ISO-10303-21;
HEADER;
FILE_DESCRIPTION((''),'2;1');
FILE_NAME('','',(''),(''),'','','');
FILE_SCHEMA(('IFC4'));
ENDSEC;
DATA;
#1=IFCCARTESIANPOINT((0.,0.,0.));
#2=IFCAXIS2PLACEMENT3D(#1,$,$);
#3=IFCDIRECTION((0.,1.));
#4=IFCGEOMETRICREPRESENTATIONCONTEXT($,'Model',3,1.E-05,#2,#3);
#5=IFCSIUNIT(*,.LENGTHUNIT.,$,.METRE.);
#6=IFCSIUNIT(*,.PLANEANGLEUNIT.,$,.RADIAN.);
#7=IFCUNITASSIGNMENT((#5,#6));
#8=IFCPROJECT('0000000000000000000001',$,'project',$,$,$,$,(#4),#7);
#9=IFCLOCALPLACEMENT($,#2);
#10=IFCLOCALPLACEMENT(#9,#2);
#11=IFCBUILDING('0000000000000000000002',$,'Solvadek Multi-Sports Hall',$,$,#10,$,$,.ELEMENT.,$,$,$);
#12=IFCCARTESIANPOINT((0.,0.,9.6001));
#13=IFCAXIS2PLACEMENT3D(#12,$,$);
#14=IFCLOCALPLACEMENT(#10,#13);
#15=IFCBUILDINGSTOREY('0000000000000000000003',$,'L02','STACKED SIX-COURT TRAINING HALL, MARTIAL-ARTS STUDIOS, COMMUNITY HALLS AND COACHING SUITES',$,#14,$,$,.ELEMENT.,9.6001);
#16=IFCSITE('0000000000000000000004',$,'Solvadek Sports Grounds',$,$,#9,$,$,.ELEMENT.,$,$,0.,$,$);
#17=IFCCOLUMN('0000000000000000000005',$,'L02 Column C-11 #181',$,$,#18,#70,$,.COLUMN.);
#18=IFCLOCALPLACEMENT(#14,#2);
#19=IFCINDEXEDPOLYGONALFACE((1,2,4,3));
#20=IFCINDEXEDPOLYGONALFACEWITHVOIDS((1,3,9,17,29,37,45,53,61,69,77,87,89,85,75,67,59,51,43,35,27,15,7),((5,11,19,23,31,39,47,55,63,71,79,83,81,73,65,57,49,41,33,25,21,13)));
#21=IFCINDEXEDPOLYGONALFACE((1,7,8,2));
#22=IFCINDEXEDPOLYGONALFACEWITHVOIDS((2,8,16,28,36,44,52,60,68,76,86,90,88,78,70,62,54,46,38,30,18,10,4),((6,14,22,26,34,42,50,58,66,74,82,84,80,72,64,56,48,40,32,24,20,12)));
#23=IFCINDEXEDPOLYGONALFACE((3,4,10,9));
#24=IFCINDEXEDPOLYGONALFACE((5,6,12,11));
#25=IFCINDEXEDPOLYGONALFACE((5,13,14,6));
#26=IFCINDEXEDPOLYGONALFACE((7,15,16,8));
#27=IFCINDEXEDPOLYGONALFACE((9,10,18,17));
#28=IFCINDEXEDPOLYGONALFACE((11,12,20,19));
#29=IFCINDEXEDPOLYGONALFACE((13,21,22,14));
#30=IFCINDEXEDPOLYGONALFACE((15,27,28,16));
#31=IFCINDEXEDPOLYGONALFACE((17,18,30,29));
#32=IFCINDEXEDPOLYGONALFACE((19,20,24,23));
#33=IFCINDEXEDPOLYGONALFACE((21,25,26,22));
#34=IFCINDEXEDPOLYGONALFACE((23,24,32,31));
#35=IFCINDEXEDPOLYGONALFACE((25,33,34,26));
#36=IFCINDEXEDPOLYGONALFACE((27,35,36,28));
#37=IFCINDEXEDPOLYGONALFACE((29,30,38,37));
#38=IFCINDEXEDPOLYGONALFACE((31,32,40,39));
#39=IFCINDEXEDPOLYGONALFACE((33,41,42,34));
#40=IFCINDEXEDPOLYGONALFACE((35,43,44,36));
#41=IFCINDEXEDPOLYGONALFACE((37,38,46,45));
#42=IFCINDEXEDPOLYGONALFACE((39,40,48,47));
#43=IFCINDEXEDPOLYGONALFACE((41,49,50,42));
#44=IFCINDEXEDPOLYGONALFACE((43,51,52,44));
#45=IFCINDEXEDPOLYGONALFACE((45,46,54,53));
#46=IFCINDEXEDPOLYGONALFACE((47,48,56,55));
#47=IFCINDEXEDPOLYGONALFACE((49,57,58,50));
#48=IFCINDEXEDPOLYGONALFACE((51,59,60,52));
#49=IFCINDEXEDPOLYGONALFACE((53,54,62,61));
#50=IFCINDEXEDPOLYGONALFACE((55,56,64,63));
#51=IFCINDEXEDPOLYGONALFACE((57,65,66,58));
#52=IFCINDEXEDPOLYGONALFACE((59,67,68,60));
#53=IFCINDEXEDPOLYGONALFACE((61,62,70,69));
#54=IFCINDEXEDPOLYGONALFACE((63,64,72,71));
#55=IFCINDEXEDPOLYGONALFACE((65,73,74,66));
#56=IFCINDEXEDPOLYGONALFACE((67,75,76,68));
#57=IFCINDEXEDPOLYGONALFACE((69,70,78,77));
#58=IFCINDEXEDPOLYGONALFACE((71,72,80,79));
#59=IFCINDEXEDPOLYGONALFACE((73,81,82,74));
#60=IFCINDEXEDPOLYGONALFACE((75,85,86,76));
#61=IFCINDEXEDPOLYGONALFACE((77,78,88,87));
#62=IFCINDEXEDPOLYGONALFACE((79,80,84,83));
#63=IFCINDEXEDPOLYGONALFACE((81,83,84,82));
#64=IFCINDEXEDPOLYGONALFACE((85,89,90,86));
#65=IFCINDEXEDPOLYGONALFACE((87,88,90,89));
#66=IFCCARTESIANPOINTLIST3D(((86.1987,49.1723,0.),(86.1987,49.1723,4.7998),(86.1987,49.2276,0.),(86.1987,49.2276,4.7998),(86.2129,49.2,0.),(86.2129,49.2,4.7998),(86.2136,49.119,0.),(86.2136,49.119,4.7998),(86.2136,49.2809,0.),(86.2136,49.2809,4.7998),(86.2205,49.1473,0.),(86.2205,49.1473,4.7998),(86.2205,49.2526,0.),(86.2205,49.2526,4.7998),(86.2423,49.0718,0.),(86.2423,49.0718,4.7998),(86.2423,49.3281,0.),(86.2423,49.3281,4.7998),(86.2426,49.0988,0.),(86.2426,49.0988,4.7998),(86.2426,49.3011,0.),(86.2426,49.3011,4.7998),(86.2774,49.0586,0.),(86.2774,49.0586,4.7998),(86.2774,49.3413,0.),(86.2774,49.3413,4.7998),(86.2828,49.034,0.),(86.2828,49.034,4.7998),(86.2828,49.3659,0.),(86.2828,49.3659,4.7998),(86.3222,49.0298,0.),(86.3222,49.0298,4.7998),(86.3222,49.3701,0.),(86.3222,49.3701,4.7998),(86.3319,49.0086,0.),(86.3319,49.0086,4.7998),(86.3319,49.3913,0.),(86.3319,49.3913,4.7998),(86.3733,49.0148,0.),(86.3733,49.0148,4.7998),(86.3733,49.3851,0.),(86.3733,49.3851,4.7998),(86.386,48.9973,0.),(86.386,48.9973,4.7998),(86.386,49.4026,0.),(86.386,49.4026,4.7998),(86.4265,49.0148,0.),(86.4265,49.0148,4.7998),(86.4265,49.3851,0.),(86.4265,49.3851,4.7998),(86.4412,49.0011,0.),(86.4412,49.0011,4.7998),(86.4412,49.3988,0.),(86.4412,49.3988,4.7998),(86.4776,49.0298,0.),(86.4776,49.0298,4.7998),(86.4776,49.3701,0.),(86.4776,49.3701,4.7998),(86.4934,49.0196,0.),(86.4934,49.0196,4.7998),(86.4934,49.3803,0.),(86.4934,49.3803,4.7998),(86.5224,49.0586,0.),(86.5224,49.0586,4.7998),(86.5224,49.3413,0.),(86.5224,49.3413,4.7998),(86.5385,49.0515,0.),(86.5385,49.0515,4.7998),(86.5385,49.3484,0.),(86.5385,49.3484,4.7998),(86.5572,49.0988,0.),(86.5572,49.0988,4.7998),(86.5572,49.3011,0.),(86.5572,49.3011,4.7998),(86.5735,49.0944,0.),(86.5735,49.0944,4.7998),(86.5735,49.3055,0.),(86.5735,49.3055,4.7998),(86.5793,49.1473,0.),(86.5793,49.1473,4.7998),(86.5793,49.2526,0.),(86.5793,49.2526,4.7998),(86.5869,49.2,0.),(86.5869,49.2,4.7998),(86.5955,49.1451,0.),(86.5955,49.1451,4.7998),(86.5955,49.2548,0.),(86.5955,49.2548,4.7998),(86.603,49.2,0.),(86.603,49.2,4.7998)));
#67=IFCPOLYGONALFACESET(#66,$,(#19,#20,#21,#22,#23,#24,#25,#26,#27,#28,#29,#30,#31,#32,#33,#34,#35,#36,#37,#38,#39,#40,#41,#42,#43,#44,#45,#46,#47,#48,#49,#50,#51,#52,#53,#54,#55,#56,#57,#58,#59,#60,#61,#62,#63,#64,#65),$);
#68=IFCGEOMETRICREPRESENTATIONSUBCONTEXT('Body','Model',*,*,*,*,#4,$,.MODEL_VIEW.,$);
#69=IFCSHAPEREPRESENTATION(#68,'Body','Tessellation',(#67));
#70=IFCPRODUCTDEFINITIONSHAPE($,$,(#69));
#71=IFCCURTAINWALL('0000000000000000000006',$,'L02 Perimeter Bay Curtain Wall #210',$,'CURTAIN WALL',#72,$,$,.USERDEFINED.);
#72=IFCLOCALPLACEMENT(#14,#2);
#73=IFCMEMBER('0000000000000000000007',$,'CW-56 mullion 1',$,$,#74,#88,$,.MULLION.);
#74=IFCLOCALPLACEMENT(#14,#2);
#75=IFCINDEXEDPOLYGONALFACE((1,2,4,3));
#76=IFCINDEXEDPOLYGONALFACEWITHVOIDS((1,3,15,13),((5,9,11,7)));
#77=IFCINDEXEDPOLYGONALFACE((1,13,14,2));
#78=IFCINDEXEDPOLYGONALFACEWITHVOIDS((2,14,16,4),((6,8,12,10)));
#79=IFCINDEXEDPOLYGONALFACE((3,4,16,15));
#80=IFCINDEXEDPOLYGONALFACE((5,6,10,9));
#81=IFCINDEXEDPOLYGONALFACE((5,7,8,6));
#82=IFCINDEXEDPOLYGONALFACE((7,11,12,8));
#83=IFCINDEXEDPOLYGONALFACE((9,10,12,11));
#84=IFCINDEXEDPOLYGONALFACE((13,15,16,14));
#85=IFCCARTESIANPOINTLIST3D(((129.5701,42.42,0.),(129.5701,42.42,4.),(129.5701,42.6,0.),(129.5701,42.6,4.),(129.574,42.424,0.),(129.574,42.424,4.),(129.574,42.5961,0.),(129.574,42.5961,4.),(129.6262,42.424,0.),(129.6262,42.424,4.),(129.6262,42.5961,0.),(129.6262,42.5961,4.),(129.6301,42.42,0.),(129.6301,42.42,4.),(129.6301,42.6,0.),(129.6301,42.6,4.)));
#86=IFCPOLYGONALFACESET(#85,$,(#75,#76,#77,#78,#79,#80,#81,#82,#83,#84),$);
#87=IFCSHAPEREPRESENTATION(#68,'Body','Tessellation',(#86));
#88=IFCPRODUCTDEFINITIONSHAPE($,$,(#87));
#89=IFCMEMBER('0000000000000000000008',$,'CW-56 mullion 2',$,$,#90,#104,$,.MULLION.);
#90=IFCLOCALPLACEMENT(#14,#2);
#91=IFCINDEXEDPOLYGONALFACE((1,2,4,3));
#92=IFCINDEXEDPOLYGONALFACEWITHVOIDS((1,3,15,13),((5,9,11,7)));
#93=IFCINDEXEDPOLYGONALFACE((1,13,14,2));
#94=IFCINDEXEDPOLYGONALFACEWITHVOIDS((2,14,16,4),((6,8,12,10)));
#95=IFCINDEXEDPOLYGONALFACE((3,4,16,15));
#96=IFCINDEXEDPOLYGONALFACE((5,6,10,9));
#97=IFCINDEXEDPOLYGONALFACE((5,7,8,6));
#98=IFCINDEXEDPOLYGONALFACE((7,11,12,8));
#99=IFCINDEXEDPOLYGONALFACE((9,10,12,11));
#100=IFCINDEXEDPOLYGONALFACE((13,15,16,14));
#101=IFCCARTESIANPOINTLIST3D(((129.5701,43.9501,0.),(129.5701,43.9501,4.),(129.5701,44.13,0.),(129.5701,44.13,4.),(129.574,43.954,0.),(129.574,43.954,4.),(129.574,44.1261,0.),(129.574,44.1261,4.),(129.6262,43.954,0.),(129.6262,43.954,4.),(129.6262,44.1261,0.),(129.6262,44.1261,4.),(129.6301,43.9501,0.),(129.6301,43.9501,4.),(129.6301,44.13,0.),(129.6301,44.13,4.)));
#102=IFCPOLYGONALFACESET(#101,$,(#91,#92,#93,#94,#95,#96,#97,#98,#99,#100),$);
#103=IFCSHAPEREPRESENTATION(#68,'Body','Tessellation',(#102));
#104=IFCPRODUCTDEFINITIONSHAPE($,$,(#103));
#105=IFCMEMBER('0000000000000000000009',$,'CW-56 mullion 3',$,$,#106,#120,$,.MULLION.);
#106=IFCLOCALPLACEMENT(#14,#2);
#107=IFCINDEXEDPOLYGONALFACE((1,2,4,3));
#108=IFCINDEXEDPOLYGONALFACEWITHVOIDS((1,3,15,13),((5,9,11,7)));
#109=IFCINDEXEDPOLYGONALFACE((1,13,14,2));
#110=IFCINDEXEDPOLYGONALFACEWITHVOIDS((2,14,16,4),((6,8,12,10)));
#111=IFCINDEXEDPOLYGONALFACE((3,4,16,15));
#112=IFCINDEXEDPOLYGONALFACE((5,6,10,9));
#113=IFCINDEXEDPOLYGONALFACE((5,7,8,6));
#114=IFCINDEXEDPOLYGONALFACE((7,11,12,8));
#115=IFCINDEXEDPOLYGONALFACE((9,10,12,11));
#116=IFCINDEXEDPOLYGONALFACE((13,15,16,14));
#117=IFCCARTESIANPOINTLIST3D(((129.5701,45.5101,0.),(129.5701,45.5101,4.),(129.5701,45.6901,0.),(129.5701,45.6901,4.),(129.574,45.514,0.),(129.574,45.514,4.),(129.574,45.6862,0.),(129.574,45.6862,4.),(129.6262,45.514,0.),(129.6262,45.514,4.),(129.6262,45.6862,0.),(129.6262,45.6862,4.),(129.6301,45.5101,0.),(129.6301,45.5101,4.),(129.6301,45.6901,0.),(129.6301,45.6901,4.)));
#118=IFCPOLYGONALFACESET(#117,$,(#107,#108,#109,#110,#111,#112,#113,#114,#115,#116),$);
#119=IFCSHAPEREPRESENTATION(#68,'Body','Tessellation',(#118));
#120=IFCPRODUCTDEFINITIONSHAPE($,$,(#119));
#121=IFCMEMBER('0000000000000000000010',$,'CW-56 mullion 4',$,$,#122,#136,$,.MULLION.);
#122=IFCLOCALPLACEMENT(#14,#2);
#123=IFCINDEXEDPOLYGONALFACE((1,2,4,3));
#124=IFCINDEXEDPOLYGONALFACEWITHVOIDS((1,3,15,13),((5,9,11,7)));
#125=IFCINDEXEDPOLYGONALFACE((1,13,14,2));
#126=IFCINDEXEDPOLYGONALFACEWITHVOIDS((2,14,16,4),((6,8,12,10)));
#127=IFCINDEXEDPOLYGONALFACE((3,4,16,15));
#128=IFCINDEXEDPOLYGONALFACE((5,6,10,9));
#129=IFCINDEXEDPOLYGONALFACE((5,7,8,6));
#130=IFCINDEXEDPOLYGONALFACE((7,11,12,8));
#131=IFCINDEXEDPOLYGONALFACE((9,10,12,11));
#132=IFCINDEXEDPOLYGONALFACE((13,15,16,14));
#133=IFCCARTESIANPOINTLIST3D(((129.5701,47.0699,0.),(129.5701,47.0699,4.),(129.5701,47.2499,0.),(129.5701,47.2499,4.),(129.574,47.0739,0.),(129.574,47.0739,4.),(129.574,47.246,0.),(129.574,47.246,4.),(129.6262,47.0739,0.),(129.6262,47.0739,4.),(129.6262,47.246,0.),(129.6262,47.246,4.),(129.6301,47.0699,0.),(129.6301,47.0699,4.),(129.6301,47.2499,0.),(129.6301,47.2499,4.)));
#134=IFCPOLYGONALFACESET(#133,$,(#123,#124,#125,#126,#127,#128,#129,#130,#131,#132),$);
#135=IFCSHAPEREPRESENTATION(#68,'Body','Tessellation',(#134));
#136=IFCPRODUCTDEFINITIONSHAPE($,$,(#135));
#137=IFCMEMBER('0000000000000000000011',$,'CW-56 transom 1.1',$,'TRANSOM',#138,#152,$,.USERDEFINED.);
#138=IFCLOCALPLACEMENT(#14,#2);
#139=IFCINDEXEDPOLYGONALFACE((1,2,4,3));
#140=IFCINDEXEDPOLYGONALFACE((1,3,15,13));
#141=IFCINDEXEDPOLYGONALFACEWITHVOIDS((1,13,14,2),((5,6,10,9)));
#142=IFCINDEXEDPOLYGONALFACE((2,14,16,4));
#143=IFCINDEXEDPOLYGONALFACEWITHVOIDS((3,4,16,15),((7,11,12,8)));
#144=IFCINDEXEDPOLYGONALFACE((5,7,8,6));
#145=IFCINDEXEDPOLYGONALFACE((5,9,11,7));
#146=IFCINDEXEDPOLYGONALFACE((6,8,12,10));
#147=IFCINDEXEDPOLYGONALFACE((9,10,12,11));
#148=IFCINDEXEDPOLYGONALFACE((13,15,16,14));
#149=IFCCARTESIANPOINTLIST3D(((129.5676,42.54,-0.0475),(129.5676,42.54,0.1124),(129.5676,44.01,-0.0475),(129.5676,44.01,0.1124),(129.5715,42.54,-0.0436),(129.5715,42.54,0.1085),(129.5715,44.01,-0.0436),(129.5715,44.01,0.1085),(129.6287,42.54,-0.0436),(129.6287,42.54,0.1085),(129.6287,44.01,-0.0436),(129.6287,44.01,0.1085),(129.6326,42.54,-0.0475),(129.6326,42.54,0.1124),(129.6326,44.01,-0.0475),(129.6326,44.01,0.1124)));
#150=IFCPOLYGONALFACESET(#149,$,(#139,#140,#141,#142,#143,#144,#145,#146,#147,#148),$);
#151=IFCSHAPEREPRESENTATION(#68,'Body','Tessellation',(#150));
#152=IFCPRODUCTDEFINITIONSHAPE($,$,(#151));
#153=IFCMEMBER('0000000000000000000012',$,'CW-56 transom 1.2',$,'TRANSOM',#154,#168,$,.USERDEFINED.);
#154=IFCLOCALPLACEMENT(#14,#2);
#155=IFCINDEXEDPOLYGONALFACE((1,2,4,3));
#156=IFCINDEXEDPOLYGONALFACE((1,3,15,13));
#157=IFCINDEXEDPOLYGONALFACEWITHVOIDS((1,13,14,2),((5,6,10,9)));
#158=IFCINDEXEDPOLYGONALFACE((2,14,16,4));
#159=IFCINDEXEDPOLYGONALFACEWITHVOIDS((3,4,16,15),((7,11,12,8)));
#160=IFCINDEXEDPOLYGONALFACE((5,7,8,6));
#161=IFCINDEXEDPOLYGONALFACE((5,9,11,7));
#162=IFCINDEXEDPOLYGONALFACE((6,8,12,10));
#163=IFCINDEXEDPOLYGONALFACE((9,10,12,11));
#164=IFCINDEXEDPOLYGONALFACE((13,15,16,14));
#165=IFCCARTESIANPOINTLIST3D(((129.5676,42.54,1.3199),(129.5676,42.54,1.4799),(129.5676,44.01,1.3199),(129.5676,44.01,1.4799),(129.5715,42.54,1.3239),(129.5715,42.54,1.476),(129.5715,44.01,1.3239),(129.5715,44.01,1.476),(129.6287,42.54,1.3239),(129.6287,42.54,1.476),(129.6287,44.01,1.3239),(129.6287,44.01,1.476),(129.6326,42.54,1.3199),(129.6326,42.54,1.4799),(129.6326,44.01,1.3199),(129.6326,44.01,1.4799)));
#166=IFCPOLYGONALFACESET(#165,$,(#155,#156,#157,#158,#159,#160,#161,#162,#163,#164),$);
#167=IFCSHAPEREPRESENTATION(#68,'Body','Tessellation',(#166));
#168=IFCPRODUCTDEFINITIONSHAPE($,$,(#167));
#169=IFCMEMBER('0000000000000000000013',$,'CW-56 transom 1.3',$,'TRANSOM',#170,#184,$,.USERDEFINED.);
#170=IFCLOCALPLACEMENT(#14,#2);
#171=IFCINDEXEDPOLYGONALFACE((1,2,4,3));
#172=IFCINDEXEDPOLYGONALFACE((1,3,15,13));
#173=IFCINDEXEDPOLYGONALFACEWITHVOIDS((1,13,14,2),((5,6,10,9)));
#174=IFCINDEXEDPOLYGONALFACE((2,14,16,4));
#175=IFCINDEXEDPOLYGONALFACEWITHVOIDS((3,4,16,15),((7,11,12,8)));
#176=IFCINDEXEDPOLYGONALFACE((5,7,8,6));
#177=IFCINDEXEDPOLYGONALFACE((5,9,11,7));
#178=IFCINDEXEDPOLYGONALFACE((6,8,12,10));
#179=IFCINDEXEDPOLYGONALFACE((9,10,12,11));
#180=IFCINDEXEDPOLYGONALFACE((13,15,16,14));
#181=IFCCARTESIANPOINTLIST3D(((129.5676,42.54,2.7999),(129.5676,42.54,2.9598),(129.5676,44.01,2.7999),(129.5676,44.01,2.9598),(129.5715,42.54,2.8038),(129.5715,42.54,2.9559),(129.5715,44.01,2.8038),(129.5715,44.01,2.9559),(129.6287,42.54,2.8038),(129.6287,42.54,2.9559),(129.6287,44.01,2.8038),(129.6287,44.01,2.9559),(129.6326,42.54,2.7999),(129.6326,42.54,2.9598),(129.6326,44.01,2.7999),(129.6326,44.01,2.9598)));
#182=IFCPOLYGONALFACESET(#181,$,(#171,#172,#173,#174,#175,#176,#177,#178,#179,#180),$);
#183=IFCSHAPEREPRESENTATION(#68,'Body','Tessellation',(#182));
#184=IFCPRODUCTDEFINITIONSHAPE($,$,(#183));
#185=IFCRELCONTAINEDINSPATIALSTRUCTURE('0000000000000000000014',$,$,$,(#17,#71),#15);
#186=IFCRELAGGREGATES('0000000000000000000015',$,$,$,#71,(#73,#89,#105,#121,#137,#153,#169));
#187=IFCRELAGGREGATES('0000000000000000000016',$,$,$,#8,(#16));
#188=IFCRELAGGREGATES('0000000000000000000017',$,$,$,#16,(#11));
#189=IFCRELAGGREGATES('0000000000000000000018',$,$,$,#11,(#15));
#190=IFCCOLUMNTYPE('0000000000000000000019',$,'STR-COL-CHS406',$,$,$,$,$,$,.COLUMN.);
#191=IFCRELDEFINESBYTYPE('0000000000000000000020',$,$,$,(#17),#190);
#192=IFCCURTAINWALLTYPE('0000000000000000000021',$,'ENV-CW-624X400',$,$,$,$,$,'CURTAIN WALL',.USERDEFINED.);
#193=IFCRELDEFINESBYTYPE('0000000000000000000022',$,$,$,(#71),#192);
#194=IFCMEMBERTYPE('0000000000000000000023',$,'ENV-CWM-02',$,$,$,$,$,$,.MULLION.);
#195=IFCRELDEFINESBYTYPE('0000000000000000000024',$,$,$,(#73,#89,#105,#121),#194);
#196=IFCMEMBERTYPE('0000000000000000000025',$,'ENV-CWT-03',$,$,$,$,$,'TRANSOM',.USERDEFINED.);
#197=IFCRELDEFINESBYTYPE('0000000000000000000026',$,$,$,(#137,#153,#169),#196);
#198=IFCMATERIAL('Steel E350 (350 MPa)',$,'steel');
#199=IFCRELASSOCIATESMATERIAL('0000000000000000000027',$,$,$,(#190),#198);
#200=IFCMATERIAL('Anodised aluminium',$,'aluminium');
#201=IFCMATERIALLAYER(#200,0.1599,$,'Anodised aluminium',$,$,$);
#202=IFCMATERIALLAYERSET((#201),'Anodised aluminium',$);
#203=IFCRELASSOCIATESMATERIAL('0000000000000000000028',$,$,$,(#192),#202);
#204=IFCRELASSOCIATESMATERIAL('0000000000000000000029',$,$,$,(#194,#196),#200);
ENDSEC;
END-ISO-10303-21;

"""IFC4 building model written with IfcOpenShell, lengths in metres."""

from ifc_helpers import new_model, si_unit, direction, frame, origin, origin_2d, place, context, subcontext, project, spatial, hollow_rectangle, hollow_circle, extrude, material, layer, layer_set, material_profile, profile_set, type_object, element, aggregate, save


model = new_model("IFC4")

# Units and contexts
model_context = context("Model", 3, precision=1e-05, world=origin(), true_north=direction((0.0, 1.0)))
body_context = subcontext(model_context, "Body", "Model", "MODEL_VIEW")
ifc_project = project(units=[si_unit("LENGTHUNIT", "METRE"), si_unit("PLANEANGLEUNIT", "RADIAN")], contexts=[model_context])

# Site, building, storey
site_placement = place(None, origin())
site = spatial("IfcSite", under=ifc_project, at=site_placement, Name="Solvadek Sports Grounds", CompositionType="ELEMENT", RefElevation=0.0)
building_placement = place(site_placement, origin())
building = spatial("IfcBuilding", under=site, at=building_placement, Name="Solvadek Multi-Sports Hall", CompositionType="ELEMENT")
storey_placement = place(building_placement, frame((0.0, 0.0, 9.6001)))
storey = spatial("IfcBuildingStorey", under=building, at=storey_placement, Name="L02", Description="STACKED SIX-COURT TRAINING HALL, MARTIAL-ARTS STUDIOS, COMMUNITY HALLS AND COACHING SUITES", CompositionType="ELEMENT", Elevation=9.6001)

# Column
ifc_material_1 = material(Name="Steel E350 (350 MPa)", Category="steel")
ifc_material_profile_1 = material_profile(ifc_material_1, hollow_circle(Radius=0.2031, WallThickness=0.0161, at=origin_2d()), Name="CHS 406.4x16")
ifc_profile_set_1 = profile_set([ifc_material_profile_1], Name="Steel E350 (350 MPa)")
column_type = type_object("IfcColumnType", Name="STR-COL-CHS406", PredefinedType="COLUMN", material=ifc_profile_set_1)
column_placement = place(storey_placement, frame((86.3999, 49.2, 0.0), z_axis=(0.0, 0.0, 1.0), x_axis=(1.0, 0.0, 0.0)))
element("IfcColumn", 1, at=column_placement, inside=storey, type_object=column_type, Name="L02 Column C-11 #181", PredefinedType="COLUMN", context=body_context, shape_type="SweptSolid", body=[
    extrude(hollow_circle(Radius=0.2031, WallThickness=0.0161, at=origin_2d()), origin(), (0.0, 0.0, 1.0), 4.7998),
])

# Curtain wall, members
ifc_material_2 = material(Name="Anodised aluminium", Category="aluminium")
ifc_layer_1 = layer(ifc_material_2, 0.1599, Name="Anodised aluminium")
ifc_layer_set_1 = layer_set([ifc_layer_1], Name="Anodised aluminium")
curtain_wall_type = type_object("IfcCurtainWallType", Name="ENV-CW-624X400", ElementType="CURTAIN WALL", PredefinedType="USERDEFINED", material=ifc_layer_set_1)
curtain_wall_placement = place(storey_placement, origin())
curtain_wall = element("IfcCurtainWall", 2, at=curtain_wall_placement, inside=storey, type_object=curtain_wall_type, Name="L02 Perimeter Bay Curtain Wall #210", ObjectType="CURTAIN WALL", PredefinedType="USERDEFINED")
ifc_material_profile_2 = material_profile(ifc_material_2, hollow_rectangle(XDim=0.0601, YDim=0.1799, WallThickness=0.0039, at=origin_2d()), Name="ALU-M 180x60x4")
ifc_profile_set_2 = profile_set([ifc_material_profile_2], Name="Anodised aluminium")
member_type_1 = type_object("IfcMemberType", Name="ENV-CWM-02", PredefinedType="MULLION", material=ifc_profile_set_2)
member_1_placement = place(storey_placement, frame((129.6001, 42.51, 0.0), z_axis=(0.0, 0.0, 1.0), x_axis=(-1.0, 0.0, 0.0)))
member_1 = element("IfcMember", 3, at=member_1_placement, type_object=member_type_1, Name="CW-56 mullion 1", PredefinedType="MULLION", context=body_context, shape_type="SweptSolid", body=[
    extrude(hollow_rectangle(XDim=0.0601, YDim=0.1799, WallThickness=0.0039, at=origin_2d()), origin(), (0.0, 0.0, 1.0), 4.0),
])
member_2_placement = place(storey_placement, frame((129.6001, 44.04, 0.0), z_axis=(0.0, 0.0, 1.0), x_axis=(-1.0, 0.0, 0.0)))
member_2 = element("IfcMember", 4, at=member_2_placement, type_object=member_type_1, Name="CW-56 mullion 2", PredefinedType="MULLION", context=body_context, shape_type="SweptSolid", body=[
    extrude(hollow_rectangle(XDim=0.0601, YDim=0.1799, WallThickness=0.0039, at=origin_2d()), origin(), (0.0, 0.0, 1.0), 4.0),
])
member_3_placement = place(storey_placement, frame((129.6001, 45.6001, 0.0), z_axis=(0.0, 0.0, 1.0), x_axis=(-1.0, 0.0, 0.0)))
member_3 = element("IfcMember", 5, at=member_3_placement, type_object=member_type_1, Name="CW-56 mullion 3", PredefinedType="MULLION", context=body_context, shape_type="SweptSolid", body=[
    extrude(hollow_rectangle(XDim=0.0601, YDim=0.1799, WallThickness=0.0039, at=origin_2d()), origin(), (0.0, 0.0, 1.0), 4.0),
])
member_4_placement = place(storey_placement, frame((129.6001, 47.1599, 0.0), z_axis=(0.0, 0.0, 1.0), x_axis=(-1.0, 0.0, 0.0)))
member_4 = element("IfcMember", 6, at=member_4_placement, type_object=member_type_1, Name="CW-56 mullion 4", PredefinedType="MULLION", context=body_context, shape_type="SweptSolid", body=[
    extrude(hollow_rectangle(XDim=0.0601, YDim=0.1799, WallThickness=0.0039, at=origin_2d()), origin(), (0.0, 0.0, 1.0), 4.0),
])
ifc_material_profile_3 = material_profile(ifc_material_2, hollow_rectangle(XDim=0.0649, YDim=0.1599, WallThickness=0.0039, at=origin_2d()), Name="ALU-T 160x65x4")
ifc_profile_set_3 = profile_set([ifc_material_profile_3], Name="Anodised aluminium")
member_type_2 = type_object("IfcMemberType", Name="ENV-CWT-03", ElementType="TRANSOM", PredefinedType="USERDEFINED", material=ifc_profile_set_3)
member_5_placement = place(storey_placement, frame((129.6001, 42.54, 0.0325), z_axis=(0.0, 1.0, 0.0), x_axis=(-1.0, 0.0, 0.0)))
member_5 = element("IfcMember", 7, at=member_5_placement, type_object=member_type_2, Name="CW-56 transom 1.1", ObjectType="TRANSOM", PredefinedType="USERDEFINED", context=body_context, shape_type="SweptSolid", body=[
    extrude(hollow_rectangle(XDim=0.0649, YDim=0.1599, WallThickness=0.0039, at=origin_2d()), origin(), (0.0, 0.0, 1.0), 1.47),
])
member_6_placement = place(storey_placement, frame((129.6001, 42.54, 1.3999), z_axis=(0.0, 1.0, 0.0), x_axis=(-1.0, 0.0, 0.0)))
member_6 = element("IfcMember", 8, at=member_6_placement, type_object=member_type_2, Name="CW-56 transom 1.2", ObjectType="TRANSOM", PredefinedType="USERDEFINED", context=body_context, shape_type="SweptSolid", body=[
    extrude(hollow_rectangle(XDim=0.0649, YDim=0.1599, WallThickness=0.0039, at=origin_2d()), origin(), (0.0, 0.0, 1.0), 1.47),
])
member_7_placement = place(storey_placement, frame((129.6001, 42.54, 2.8799), z_axis=(0.0, 1.0, 0.0), x_axis=(-1.0, 0.0, 0.0)))
member_7 = element("IfcMember", 9, at=member_7_placement, type_object=member_type_2, Name="CW-56 transom 1.3", ObjectType="TRANSOM", PredefinedType="USERDEFINED", context=body_context, shape_type="SweptSolid", body=[
    extrude(hollow_rectangle(XDim=0.0649, YDim=0.1599, WallThickness=0.0039, at=origin_2d()), origin(), (0.0, 0.0, 1.0), 1.47),
])

aggregate(curtain_wall, [member_1, member_2, member_3, member_4, member_5, member_6, member_7])

save(model, "model.ifc")
